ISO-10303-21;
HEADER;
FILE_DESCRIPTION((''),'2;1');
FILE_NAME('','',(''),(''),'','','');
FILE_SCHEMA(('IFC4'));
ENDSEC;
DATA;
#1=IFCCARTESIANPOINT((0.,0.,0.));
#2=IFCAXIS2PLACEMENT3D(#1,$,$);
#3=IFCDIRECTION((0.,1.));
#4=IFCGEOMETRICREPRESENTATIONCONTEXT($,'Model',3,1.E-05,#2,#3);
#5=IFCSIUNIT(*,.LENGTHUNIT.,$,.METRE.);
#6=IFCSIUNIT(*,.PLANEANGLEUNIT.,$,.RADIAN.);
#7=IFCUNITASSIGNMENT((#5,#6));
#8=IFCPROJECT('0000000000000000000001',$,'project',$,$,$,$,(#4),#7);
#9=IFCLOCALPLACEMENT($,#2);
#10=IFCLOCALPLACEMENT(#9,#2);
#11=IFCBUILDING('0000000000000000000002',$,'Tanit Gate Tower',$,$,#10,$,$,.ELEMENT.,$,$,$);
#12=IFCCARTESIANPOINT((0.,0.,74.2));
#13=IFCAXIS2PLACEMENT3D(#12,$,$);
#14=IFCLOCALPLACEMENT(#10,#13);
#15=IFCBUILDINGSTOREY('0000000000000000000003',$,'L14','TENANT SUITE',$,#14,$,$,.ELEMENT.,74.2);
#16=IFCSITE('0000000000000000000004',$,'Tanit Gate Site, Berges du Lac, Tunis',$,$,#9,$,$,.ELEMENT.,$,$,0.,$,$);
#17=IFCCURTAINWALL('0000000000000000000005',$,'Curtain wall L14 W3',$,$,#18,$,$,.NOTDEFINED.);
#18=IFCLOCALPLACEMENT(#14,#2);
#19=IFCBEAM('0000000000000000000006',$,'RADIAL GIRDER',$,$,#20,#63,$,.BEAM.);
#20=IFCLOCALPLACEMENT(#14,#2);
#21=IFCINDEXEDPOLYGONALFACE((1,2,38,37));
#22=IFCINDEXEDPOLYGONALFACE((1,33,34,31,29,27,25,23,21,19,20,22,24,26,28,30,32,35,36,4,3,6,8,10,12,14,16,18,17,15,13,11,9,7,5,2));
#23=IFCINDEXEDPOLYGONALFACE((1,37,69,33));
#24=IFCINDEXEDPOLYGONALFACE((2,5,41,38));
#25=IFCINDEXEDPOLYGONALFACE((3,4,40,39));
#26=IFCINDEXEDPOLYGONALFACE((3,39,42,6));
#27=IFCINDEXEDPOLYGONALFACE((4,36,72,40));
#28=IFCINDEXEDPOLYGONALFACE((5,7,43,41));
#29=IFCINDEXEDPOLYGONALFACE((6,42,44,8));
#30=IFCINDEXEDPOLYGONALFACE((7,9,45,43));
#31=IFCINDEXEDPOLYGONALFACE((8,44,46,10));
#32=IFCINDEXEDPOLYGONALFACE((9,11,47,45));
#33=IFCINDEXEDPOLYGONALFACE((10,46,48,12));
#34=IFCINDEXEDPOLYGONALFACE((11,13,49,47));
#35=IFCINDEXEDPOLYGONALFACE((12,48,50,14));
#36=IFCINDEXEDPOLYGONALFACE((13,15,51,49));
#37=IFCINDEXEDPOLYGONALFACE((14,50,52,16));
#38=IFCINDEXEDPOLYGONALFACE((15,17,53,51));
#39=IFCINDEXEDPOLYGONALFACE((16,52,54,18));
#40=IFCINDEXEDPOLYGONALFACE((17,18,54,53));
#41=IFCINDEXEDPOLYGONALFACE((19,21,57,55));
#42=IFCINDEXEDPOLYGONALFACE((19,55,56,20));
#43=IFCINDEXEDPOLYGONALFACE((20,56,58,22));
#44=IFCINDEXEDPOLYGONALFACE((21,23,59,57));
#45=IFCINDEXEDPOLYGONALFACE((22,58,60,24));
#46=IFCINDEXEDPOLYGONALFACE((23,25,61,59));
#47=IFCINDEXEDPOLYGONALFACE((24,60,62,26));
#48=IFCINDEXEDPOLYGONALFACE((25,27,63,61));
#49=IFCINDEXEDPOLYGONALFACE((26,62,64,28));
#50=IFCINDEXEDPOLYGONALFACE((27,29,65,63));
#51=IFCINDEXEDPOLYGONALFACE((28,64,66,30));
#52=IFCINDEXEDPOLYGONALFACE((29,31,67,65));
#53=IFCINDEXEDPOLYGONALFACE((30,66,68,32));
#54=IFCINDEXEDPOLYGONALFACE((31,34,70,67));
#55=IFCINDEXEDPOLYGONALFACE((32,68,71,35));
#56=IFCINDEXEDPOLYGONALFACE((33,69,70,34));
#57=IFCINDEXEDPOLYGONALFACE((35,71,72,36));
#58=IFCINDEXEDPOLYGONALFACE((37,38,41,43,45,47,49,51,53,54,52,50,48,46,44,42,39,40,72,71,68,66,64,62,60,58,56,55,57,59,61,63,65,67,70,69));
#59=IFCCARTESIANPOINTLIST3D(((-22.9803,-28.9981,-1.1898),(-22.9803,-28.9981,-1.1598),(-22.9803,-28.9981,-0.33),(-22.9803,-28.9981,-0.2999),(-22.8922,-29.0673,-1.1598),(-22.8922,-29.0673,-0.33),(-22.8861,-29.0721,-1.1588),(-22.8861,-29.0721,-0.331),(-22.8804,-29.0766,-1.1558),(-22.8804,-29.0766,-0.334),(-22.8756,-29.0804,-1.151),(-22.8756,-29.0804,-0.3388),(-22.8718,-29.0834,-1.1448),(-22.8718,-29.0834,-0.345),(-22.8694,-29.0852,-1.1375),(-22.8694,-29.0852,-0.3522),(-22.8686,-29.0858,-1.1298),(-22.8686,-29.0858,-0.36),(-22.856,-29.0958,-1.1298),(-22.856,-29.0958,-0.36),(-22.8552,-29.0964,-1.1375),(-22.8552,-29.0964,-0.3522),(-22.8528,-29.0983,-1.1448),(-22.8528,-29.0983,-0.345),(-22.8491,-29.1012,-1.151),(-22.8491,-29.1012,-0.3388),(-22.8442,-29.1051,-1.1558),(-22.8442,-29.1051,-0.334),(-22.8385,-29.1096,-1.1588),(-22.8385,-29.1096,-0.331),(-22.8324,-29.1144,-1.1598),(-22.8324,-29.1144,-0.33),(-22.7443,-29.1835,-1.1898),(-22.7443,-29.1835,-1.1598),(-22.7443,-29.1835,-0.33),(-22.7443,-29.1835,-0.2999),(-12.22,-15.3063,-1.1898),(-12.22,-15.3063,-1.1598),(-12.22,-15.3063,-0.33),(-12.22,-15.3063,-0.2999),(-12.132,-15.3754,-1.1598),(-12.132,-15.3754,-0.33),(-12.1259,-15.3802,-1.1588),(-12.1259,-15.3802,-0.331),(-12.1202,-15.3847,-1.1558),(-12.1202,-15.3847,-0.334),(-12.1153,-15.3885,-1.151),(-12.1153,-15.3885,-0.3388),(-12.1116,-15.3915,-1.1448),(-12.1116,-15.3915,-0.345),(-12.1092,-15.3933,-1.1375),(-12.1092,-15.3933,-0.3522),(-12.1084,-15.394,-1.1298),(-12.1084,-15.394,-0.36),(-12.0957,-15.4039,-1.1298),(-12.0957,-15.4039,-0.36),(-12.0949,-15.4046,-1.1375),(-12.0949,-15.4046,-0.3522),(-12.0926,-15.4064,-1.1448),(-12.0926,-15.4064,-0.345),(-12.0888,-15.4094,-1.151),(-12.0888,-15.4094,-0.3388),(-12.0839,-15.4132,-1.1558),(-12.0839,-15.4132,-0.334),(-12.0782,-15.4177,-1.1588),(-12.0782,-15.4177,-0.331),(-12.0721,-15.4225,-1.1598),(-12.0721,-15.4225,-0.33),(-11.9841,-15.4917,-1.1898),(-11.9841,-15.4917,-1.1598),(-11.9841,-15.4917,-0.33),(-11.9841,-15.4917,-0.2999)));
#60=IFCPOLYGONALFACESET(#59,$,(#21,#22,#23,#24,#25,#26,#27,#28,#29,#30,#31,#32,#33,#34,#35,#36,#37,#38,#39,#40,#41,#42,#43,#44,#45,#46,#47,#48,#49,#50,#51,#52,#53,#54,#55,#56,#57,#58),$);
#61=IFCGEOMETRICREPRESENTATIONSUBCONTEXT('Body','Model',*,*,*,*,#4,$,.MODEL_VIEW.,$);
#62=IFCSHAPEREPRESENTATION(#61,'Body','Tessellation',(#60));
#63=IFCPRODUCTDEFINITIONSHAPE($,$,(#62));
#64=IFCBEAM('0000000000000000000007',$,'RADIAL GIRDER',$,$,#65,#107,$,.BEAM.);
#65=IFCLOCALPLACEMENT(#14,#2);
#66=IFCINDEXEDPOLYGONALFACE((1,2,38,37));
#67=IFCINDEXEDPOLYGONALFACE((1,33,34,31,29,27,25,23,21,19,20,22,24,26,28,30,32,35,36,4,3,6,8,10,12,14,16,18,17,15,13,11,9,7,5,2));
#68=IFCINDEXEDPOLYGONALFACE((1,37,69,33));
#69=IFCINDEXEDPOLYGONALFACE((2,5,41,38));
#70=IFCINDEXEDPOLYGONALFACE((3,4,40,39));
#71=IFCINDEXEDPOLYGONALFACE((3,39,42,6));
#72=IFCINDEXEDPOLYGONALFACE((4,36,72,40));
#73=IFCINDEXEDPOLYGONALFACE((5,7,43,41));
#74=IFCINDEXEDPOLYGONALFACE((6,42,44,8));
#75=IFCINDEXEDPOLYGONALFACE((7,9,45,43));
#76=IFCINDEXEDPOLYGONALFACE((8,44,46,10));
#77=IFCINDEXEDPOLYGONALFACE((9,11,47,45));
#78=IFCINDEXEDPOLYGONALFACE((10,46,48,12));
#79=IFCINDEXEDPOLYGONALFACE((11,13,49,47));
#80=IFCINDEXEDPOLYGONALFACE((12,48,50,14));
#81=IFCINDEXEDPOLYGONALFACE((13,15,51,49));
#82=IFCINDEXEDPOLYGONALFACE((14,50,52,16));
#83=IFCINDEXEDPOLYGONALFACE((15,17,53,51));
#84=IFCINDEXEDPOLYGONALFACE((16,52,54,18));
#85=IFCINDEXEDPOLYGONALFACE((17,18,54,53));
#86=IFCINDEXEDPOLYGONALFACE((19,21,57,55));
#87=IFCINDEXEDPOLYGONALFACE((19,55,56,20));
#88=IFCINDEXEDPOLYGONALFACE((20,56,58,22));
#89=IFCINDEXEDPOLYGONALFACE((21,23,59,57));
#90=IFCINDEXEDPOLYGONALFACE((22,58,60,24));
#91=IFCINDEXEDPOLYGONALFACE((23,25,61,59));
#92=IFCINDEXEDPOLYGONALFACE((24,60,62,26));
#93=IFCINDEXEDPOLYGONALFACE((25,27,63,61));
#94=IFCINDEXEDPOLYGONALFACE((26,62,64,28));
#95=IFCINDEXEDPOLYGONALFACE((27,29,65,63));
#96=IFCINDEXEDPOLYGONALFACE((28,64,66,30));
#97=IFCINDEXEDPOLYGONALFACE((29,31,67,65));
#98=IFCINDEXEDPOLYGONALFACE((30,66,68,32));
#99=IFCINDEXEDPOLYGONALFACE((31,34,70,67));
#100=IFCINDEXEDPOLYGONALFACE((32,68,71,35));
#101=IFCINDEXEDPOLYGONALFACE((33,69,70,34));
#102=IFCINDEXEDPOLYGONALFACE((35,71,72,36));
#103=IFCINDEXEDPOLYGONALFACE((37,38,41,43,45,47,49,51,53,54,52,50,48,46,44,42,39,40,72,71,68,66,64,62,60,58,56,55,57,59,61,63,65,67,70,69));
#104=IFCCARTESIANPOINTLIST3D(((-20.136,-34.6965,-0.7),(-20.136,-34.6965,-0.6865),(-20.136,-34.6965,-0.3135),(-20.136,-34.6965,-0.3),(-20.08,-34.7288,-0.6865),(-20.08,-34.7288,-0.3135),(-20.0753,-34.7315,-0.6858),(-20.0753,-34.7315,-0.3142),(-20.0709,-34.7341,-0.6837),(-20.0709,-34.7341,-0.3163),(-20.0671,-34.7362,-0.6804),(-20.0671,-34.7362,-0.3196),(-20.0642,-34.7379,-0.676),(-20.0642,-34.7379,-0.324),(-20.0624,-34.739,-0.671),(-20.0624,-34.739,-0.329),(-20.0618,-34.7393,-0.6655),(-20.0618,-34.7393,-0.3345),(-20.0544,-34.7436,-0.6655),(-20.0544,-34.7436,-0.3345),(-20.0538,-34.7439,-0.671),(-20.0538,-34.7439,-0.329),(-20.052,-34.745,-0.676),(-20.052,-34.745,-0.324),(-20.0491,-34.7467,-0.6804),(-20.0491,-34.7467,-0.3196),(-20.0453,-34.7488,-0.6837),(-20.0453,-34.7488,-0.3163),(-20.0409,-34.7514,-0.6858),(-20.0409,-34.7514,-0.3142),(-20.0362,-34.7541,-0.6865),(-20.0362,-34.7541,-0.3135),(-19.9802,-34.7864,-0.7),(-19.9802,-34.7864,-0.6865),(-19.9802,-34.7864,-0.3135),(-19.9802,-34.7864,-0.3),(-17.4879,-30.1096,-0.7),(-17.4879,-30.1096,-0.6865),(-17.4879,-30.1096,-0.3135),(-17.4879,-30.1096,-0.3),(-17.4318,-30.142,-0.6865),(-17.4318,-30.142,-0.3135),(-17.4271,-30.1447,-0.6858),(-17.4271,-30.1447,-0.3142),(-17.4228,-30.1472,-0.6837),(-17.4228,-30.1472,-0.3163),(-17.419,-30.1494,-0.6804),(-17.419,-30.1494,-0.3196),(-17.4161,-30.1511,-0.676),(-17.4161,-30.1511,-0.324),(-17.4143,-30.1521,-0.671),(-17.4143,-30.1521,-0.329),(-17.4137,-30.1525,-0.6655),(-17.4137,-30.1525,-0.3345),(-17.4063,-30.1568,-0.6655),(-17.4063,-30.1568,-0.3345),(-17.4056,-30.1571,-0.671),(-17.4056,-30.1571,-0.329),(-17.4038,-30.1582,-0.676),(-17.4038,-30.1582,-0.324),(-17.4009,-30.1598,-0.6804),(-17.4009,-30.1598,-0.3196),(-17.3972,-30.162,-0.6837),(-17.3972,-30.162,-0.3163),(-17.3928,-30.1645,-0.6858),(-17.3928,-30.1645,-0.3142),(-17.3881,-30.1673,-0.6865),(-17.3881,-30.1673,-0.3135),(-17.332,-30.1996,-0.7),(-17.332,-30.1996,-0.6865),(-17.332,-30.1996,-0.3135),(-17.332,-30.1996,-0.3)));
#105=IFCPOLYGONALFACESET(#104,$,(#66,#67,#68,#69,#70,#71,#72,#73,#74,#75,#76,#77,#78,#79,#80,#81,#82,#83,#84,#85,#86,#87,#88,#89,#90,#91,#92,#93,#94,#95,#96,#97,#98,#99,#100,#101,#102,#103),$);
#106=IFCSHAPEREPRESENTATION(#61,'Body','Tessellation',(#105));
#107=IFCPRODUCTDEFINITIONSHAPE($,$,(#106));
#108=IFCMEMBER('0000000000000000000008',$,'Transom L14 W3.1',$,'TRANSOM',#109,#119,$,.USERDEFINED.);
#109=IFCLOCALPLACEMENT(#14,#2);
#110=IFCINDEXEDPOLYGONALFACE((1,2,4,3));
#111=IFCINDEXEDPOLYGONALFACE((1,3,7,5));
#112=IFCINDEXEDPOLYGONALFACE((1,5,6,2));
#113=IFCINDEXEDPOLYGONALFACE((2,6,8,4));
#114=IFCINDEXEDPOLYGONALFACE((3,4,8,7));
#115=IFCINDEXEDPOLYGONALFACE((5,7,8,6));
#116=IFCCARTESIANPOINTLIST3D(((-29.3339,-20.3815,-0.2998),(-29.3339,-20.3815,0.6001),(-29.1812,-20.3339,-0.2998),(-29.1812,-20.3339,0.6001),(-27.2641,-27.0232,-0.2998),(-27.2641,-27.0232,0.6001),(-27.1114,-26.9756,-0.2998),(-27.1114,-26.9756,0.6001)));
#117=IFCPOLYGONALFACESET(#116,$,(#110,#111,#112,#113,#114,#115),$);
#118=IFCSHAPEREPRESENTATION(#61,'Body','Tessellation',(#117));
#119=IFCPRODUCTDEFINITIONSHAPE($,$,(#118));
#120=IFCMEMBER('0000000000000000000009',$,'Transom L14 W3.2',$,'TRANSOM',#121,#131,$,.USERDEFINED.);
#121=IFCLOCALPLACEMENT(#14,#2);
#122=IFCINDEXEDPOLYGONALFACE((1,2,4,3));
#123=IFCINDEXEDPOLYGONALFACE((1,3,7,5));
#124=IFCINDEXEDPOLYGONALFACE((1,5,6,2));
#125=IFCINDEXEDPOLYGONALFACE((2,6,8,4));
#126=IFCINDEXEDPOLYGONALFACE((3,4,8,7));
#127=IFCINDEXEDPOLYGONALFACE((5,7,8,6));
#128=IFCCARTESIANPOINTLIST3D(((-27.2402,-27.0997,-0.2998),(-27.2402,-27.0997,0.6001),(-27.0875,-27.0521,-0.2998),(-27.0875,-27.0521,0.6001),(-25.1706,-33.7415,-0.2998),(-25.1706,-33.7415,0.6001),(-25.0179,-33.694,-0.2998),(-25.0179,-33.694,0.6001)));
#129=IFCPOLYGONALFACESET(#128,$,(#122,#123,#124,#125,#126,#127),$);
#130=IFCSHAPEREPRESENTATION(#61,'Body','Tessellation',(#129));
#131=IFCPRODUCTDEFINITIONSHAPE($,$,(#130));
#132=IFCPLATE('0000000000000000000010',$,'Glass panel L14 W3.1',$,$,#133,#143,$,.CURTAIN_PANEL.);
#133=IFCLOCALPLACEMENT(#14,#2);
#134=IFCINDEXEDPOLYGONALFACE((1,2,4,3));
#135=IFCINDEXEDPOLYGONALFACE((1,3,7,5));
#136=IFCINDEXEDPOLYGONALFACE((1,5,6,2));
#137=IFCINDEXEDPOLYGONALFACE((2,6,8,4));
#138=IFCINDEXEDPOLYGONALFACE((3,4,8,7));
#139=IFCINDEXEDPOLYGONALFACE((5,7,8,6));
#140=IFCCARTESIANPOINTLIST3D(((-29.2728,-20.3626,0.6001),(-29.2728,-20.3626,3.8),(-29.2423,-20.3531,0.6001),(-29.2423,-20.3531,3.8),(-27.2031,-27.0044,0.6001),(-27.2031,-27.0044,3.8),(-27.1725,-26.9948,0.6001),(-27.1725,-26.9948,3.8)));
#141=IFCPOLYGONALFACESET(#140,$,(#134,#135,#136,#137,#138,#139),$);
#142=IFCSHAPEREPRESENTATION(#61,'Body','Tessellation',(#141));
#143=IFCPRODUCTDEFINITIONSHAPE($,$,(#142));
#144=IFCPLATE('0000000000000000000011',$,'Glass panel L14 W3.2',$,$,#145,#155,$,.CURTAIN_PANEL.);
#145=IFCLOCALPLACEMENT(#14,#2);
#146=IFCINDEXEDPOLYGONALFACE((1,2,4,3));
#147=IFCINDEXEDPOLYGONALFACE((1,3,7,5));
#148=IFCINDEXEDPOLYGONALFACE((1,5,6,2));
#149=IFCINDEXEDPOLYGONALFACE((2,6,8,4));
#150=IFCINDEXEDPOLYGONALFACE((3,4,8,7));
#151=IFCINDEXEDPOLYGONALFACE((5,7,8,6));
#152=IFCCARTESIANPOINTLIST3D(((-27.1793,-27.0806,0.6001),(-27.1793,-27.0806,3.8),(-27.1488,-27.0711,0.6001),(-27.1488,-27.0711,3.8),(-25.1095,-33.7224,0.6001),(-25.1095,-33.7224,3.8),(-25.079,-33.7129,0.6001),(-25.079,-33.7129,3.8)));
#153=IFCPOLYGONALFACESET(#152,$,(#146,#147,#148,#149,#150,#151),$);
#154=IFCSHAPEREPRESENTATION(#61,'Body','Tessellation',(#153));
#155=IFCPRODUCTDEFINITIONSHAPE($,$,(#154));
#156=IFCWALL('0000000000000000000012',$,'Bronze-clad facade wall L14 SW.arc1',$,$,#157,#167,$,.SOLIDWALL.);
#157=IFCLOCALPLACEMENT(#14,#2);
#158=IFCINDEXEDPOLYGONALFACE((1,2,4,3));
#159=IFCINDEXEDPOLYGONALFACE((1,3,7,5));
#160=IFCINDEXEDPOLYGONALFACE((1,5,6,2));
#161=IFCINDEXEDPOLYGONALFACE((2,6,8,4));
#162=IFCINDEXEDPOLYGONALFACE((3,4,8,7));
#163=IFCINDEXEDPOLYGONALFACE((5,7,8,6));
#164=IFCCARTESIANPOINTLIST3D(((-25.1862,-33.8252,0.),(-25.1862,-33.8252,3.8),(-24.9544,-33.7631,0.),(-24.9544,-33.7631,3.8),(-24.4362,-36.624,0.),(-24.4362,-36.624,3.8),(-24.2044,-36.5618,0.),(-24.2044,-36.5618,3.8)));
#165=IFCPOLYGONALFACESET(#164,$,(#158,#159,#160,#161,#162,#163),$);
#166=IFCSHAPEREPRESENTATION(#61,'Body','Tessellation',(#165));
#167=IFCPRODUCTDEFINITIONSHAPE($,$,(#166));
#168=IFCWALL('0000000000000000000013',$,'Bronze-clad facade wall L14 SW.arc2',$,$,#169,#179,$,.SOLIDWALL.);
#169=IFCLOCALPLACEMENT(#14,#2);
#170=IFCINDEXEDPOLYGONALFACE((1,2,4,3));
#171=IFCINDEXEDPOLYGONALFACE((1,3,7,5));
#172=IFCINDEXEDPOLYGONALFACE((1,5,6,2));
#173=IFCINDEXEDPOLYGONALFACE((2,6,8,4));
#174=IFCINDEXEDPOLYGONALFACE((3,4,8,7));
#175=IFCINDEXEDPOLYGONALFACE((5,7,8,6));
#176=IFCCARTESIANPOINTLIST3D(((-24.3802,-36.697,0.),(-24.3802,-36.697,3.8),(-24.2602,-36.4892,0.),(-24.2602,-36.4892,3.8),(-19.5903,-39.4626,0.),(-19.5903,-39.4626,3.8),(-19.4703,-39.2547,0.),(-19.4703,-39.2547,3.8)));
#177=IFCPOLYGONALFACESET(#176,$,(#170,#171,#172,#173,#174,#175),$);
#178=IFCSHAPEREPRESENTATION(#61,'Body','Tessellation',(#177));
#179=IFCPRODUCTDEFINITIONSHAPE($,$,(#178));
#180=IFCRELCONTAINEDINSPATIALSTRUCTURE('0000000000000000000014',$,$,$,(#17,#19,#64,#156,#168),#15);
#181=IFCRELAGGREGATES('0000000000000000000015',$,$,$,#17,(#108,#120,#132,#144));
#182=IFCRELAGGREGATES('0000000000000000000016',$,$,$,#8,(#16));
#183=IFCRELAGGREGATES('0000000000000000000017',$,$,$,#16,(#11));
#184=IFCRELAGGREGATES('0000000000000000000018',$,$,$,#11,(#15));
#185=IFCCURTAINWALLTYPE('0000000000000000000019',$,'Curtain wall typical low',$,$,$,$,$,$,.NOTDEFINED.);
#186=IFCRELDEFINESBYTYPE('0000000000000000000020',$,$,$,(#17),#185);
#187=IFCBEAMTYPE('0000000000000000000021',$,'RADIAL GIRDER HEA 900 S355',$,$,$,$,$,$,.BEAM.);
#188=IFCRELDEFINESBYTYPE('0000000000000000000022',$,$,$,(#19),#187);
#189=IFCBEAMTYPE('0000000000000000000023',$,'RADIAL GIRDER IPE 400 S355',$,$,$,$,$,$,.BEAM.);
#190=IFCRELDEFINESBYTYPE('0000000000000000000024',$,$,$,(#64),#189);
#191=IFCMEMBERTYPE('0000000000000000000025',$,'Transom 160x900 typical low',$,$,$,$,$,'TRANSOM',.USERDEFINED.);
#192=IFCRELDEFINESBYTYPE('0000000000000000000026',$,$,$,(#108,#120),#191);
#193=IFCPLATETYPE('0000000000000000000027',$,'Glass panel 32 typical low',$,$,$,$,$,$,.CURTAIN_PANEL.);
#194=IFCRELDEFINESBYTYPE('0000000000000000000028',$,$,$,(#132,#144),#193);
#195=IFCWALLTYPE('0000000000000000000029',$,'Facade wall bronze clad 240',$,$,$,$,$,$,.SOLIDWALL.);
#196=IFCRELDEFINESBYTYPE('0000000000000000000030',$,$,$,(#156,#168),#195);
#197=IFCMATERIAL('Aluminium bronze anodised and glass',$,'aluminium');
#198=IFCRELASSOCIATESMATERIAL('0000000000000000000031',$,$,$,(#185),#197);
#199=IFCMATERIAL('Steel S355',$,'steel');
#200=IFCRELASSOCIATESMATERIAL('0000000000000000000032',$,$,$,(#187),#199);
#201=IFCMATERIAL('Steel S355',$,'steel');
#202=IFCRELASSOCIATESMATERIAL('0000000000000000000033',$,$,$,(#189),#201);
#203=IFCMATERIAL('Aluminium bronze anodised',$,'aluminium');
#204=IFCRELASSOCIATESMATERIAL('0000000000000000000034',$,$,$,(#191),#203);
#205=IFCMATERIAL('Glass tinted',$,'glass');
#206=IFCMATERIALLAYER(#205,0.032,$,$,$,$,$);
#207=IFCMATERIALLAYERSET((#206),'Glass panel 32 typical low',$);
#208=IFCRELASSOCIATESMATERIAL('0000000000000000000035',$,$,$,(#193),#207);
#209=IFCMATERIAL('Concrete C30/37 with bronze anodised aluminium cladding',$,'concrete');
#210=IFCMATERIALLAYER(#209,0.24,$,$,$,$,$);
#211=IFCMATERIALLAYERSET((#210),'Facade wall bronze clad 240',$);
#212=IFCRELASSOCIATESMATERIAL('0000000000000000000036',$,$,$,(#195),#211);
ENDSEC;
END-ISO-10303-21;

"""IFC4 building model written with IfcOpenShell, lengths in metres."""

from ifc_helpers import new_model, si_unit, direction, frame, frame_2d, origin, origin_2d, place, context, subcontext, project, spatial, rectangle, i_section, extrude, material, layer, layer_set, material_profile, profile_set, type_object, element, aggregate, save


model = new_model("IFC4")

# Units and contexts
model_context = context("Model", 3, precision=1e-05, world=origin(), true_north=direction((0.0, 1.0)))
body_context = subcontext(model_context, "Body", "Model", "MODEL_VIEW")
ifc_project = project(units=[si_unit("LENGTHUNIT", "METRE"), si_unit("PLANEANGLEUNIT", "RADIAN")], contexts=[model_context])

# Site, building, storey
site_placement = place(None, origin())
site = spatial("IfcSite", under=ifc_project, at=site_placement, Name="Tanit Gate Site, Berges du Lac, Tunis", CompositionType="ELEMENT", RefElevation=0.0)
building_placement = place(site_placement, origin())
building = spatial("IfcBuilding", under=site, at=building_placement, Name="Tanit Gate Tower", CompositionType="ELEMENT")
storey_placement = place(building_placement, frame((0.0, 0.0, 74.2)))
storey = spatial("IfcBuildingStorey", under=building, at=storey_placement, Name="L14", Description="TENANT SUITE", CompositionType="ELEMENT", Elevation=74.2)

# Curtain wall
ifc_material_1 = material(Name="Aluminium bronze anodised and glass", Category="aluminium")
curtain_wall_type = type_object("IfcCurtainWallType", Name="Curtain wall typical low", PredefinedType="NOTDEFINED", material=ifc_material_1)
curtain_wall_1_placement = place(storey_placement, origin())
curtain_wall_1 = element("IfcCurtainWall", 1, at=curtain_wall_1_placement, inside=storey, type_object=curtain_wall_type, Name="Curtain wall L14 W3", PredefinedType="NOTDEFINED")

# Beams
ifc_material_2 = material(Name="Steel S355", Category="steel")
ifc_material_profile_1 = material_profile(ifc_material_2, i_section(OverallWidth=0.3, OverallDepth=0.8899, WebThickness=0.0161, FlangeThickness=0.03, FilletRadius=0.03, at=origin_2d()), Name="HEA 900")
ifc_profile_set_1 = profile_set([ifc_material_profile_1], Name="Steel S355")
beam_type_1 = type_object("IfcBeamType", Name="RADIAL GIRDER HEA 900 S355", PredefinedType="BEAM", material=ifc_profile_set_1)
beam_1_placement = place(storey_placement, frame((-22.8623, -29.0908, -0.7449), z_axis=(0.617905, 0.786253, 0.0), x_axis=(-0.786253, 0.617905, 0.0)))
element("IfcBeam", 2, at=beam_1_placement, inside=storey, type_object=beam_type_1, Name="RADIAL GIRDER", PredefinedType="BEAM", context=body_context, shape_type="SweptSolid", body=[
    extrude(i_section(OverallWidth=0.3, OverallDepth=0.8899, WebThickness=0.0161, FlangeThickness=0.03, FilletRadius=0.03, at=origin_2d()), origin(), (0.0, 0.0, 1.0), 17.4141),
])
ifc_material_3 = material(Name="Steel S355", Category="steel")
ifc_material_profile_2 = material_profile(ifc_material_3, i_section(OverallWidth=0.1799, OverallDepth=0.3999, WebThickness=0.0085, FlangeThickness=0.0134, FilletRadius=0.021, at=origin_2d()), Name="IPE 400")
ifc_profile_set_2 = profile_set([ifc_material_profile_2], Name="Steel S355")
beam_type_2 = type_object("IfcBeamType", Name="RADIAL GIRDER IPE 400 S355", PredefinedType="BEAM", material=ifc_profile_set_2)
beam_2_placement = place(storey_placement, frame((-20.0581, -34.7415, -0.5), z_axis=(0.499991, 0.866031, 0.0), x_axis=(-0.866031, 0.499991, 0.0)))
element("IfcBeam", 3, at=beam_2_placement, inside=storey, type_object=beam_type_2, Name="RADIAL GIRDER", PredefinedType="BEAM", context=body_context, shape_type="SweptSolid", body=[
    extrude(i_section(OverallWidth=0.1799, OverallDepth=0.3999, WebThickness=0.0085, FlangeThickness=0.0134, FilletRadius=0.021, at=origin_2d()), origin(), (0.0, 0.0, 1.0), 5.2964),
])

# Members
ifc_material_4 = material(Name="Aluminium bronze anodised", Category="aluminium")
ifc_material_profile_3 = material_profile(ifc_material_4, rectangle(XDim=0.1599, YDim=0.8999, at=origin_2d()), Name="160x900 bronze transom")
ifc_profile_set_3 = profile_set([ifc_material_profile_3], Name="Aluminium bronze anodised")
member_type_1 = type_object("IfcMemberType", Name="Transom 160x900 typical low", ElementType="TRANSOM", PredefinedType="USERDEFINED", material=ifc_profile_set_3)
member_1_placement = place(storey_placement, frame((-29.2576, -20.3577, 0.1501), z_axis=(0.297522, -0.954715, 0.0), x_axis=(0.954715, 0.297522, 0.0)))
member_1 = element("IfcMember", 4, at=member_1_placement, type_object=member_type_1, Name="Transom L14 W3.1", ObjectType="TRANSOM", PredefinedType="USERDEFINED", context=body_context, shape_type="SweptSolid", body=[
    extrude(rectangle(XDim=0.1599, YDim=0.8999, at=origin_2d()), origin(), (0.0, 0.0, 1.0), 6.9568),
])
member_2_placement = place(storey_placement, frame((-27.1638, -27.0759, 0.1501), z_axis=(0.29749, -0.954725, 0.0), x_axis=(0.954725, 0.29749, 0.0)))
member_2 = element("IfcMember", 5, at=member_2_placement, type_object=member_type_1, Name="Transom L14 W3.2", ObjectType="TRANSOM", PredefinedType="USERDEFINED", context=body_context, shape_type="SweptSolid", body=[
    extrude(rectangle(XDim=0.1599, YDim=0.8999, at=origin_2d()), origin(), (0.0, 0.0, 1.0), 6.9568),
])

# Plates
ifc_material_5 = material(Name="Glass tinted", Category="glass")
ifc_layer_1 = layer(ifc_material_5, 0.032)
ifc_layer_set_1 = layer_set([ifc_layer_1], Name="Glass panel 32 typical low")
plate_type = type_object("IfcPlateType", Name="Glass panel 32 typical low", PredefinedType="CURTAIN_PANEL", material=ifc_layer_set_1)
plate_1_placement = place(storey_placement, frame((-28.2227, -23.6787, 0.6001), z_axis=(0.0, 0.0, 1.0), x_axis=(0.297513, -0.954718, 0.0)))
plate_1 = element("IfcPlate", 6, at=plate_1_placement, type_object=plate_type, Name="Glass panel L14 W3.1", PredefinedType="CURTAIN_PANEL", context=body_context, shape_type="SweptSolid", body=[
    extrude(rectangle(XDim=6.9568, YDim=0.032, at=origin_2d()), origin(), (0.0, 0.0, 1.0), 3.2),
])
plate_2_placement = place(storey_placement, frame((-26.1292, -30.3967, 0.6001), z_axis=(0.0, 0.0, 1.0), x_axis=(0.297513, -0.954718, 0.0)))
plate_2 = element("IfcPlate", 7, at=plate_2_placement, type_object=plate_type, Name="Glass panel L14 W3.2", PredefinedType="CURTAIN_PANEL", context=body_context, shape_type="SweptSolid", body=[
    extrude(rectangle(XDim=6.9568, YDim=0.032, at=origin_2d()), origin(), (0.0, 0.0, 1.0), 3.2),
])
aggregate(curtain_wall_1, [member_1, member_2, plate_1, plate_2])

# Walls
ifc_material_6 = material(Name="Concrete C30/37 with bronze anodised aluminium cladding", Category="concrete")
ifc_layer_2 = layer(ifc_material_6, 0.24)
ifc_layer_set_2 = layer_set([ifc_layer_2], Name="Facade wall bronze clad 240")
wall_type_1 = type_object("IfcWallType", Name="Facade wall bronze clad 240", PredefinedType="SOLIDWALL", material=ifc_layer_set_2)
wall_1_placement = place(storey_placement, frame((-25.0703, -33.7942, 0.0), z_axis=(0.0, 0.0, 1.0), x_axis=(0.258837, -0.965921, 0.0)))
element("IfcWall", 8, at=wall_1_placement, inside=storey, type_object=wall_type_1, Name="Bronze-clad facade wall L14 SW.arc1", PredefinedType="SOLIDWALL", context=body_context, shape_type="SweptSolid", body=[
    extrude(rectangle(XDim=2.8975, YDim=0.24, at=frame_2d((1.4487, 0.0))), origin(), (0.0, 0.0, 1.0), 3.8),
])
wall_2_placement = place(storey_placement, frame((-24.3203, -36.593, 0.0), z_axis=(0.0, 0.0, 1.0), x_axis=(0.866018, -0.500013, 0.0)))
element("IfcWall", 9, at=wall_2_placement, inside=storey, type_object=wall_type_1, Name="Bronze-clad facade wall L14 SW.arc2", PredefinedType="SOLIDWALL", context=body_context, shape_type="SweptSolid", body=[
    extrude(rectangle(XDim=5.531, YDim=0.24, at=frame_2d((2.7656, 0.0))), origin(), (0.0, 0.0, 1.0), 3.8),
])

save(model, "model.ifc")
